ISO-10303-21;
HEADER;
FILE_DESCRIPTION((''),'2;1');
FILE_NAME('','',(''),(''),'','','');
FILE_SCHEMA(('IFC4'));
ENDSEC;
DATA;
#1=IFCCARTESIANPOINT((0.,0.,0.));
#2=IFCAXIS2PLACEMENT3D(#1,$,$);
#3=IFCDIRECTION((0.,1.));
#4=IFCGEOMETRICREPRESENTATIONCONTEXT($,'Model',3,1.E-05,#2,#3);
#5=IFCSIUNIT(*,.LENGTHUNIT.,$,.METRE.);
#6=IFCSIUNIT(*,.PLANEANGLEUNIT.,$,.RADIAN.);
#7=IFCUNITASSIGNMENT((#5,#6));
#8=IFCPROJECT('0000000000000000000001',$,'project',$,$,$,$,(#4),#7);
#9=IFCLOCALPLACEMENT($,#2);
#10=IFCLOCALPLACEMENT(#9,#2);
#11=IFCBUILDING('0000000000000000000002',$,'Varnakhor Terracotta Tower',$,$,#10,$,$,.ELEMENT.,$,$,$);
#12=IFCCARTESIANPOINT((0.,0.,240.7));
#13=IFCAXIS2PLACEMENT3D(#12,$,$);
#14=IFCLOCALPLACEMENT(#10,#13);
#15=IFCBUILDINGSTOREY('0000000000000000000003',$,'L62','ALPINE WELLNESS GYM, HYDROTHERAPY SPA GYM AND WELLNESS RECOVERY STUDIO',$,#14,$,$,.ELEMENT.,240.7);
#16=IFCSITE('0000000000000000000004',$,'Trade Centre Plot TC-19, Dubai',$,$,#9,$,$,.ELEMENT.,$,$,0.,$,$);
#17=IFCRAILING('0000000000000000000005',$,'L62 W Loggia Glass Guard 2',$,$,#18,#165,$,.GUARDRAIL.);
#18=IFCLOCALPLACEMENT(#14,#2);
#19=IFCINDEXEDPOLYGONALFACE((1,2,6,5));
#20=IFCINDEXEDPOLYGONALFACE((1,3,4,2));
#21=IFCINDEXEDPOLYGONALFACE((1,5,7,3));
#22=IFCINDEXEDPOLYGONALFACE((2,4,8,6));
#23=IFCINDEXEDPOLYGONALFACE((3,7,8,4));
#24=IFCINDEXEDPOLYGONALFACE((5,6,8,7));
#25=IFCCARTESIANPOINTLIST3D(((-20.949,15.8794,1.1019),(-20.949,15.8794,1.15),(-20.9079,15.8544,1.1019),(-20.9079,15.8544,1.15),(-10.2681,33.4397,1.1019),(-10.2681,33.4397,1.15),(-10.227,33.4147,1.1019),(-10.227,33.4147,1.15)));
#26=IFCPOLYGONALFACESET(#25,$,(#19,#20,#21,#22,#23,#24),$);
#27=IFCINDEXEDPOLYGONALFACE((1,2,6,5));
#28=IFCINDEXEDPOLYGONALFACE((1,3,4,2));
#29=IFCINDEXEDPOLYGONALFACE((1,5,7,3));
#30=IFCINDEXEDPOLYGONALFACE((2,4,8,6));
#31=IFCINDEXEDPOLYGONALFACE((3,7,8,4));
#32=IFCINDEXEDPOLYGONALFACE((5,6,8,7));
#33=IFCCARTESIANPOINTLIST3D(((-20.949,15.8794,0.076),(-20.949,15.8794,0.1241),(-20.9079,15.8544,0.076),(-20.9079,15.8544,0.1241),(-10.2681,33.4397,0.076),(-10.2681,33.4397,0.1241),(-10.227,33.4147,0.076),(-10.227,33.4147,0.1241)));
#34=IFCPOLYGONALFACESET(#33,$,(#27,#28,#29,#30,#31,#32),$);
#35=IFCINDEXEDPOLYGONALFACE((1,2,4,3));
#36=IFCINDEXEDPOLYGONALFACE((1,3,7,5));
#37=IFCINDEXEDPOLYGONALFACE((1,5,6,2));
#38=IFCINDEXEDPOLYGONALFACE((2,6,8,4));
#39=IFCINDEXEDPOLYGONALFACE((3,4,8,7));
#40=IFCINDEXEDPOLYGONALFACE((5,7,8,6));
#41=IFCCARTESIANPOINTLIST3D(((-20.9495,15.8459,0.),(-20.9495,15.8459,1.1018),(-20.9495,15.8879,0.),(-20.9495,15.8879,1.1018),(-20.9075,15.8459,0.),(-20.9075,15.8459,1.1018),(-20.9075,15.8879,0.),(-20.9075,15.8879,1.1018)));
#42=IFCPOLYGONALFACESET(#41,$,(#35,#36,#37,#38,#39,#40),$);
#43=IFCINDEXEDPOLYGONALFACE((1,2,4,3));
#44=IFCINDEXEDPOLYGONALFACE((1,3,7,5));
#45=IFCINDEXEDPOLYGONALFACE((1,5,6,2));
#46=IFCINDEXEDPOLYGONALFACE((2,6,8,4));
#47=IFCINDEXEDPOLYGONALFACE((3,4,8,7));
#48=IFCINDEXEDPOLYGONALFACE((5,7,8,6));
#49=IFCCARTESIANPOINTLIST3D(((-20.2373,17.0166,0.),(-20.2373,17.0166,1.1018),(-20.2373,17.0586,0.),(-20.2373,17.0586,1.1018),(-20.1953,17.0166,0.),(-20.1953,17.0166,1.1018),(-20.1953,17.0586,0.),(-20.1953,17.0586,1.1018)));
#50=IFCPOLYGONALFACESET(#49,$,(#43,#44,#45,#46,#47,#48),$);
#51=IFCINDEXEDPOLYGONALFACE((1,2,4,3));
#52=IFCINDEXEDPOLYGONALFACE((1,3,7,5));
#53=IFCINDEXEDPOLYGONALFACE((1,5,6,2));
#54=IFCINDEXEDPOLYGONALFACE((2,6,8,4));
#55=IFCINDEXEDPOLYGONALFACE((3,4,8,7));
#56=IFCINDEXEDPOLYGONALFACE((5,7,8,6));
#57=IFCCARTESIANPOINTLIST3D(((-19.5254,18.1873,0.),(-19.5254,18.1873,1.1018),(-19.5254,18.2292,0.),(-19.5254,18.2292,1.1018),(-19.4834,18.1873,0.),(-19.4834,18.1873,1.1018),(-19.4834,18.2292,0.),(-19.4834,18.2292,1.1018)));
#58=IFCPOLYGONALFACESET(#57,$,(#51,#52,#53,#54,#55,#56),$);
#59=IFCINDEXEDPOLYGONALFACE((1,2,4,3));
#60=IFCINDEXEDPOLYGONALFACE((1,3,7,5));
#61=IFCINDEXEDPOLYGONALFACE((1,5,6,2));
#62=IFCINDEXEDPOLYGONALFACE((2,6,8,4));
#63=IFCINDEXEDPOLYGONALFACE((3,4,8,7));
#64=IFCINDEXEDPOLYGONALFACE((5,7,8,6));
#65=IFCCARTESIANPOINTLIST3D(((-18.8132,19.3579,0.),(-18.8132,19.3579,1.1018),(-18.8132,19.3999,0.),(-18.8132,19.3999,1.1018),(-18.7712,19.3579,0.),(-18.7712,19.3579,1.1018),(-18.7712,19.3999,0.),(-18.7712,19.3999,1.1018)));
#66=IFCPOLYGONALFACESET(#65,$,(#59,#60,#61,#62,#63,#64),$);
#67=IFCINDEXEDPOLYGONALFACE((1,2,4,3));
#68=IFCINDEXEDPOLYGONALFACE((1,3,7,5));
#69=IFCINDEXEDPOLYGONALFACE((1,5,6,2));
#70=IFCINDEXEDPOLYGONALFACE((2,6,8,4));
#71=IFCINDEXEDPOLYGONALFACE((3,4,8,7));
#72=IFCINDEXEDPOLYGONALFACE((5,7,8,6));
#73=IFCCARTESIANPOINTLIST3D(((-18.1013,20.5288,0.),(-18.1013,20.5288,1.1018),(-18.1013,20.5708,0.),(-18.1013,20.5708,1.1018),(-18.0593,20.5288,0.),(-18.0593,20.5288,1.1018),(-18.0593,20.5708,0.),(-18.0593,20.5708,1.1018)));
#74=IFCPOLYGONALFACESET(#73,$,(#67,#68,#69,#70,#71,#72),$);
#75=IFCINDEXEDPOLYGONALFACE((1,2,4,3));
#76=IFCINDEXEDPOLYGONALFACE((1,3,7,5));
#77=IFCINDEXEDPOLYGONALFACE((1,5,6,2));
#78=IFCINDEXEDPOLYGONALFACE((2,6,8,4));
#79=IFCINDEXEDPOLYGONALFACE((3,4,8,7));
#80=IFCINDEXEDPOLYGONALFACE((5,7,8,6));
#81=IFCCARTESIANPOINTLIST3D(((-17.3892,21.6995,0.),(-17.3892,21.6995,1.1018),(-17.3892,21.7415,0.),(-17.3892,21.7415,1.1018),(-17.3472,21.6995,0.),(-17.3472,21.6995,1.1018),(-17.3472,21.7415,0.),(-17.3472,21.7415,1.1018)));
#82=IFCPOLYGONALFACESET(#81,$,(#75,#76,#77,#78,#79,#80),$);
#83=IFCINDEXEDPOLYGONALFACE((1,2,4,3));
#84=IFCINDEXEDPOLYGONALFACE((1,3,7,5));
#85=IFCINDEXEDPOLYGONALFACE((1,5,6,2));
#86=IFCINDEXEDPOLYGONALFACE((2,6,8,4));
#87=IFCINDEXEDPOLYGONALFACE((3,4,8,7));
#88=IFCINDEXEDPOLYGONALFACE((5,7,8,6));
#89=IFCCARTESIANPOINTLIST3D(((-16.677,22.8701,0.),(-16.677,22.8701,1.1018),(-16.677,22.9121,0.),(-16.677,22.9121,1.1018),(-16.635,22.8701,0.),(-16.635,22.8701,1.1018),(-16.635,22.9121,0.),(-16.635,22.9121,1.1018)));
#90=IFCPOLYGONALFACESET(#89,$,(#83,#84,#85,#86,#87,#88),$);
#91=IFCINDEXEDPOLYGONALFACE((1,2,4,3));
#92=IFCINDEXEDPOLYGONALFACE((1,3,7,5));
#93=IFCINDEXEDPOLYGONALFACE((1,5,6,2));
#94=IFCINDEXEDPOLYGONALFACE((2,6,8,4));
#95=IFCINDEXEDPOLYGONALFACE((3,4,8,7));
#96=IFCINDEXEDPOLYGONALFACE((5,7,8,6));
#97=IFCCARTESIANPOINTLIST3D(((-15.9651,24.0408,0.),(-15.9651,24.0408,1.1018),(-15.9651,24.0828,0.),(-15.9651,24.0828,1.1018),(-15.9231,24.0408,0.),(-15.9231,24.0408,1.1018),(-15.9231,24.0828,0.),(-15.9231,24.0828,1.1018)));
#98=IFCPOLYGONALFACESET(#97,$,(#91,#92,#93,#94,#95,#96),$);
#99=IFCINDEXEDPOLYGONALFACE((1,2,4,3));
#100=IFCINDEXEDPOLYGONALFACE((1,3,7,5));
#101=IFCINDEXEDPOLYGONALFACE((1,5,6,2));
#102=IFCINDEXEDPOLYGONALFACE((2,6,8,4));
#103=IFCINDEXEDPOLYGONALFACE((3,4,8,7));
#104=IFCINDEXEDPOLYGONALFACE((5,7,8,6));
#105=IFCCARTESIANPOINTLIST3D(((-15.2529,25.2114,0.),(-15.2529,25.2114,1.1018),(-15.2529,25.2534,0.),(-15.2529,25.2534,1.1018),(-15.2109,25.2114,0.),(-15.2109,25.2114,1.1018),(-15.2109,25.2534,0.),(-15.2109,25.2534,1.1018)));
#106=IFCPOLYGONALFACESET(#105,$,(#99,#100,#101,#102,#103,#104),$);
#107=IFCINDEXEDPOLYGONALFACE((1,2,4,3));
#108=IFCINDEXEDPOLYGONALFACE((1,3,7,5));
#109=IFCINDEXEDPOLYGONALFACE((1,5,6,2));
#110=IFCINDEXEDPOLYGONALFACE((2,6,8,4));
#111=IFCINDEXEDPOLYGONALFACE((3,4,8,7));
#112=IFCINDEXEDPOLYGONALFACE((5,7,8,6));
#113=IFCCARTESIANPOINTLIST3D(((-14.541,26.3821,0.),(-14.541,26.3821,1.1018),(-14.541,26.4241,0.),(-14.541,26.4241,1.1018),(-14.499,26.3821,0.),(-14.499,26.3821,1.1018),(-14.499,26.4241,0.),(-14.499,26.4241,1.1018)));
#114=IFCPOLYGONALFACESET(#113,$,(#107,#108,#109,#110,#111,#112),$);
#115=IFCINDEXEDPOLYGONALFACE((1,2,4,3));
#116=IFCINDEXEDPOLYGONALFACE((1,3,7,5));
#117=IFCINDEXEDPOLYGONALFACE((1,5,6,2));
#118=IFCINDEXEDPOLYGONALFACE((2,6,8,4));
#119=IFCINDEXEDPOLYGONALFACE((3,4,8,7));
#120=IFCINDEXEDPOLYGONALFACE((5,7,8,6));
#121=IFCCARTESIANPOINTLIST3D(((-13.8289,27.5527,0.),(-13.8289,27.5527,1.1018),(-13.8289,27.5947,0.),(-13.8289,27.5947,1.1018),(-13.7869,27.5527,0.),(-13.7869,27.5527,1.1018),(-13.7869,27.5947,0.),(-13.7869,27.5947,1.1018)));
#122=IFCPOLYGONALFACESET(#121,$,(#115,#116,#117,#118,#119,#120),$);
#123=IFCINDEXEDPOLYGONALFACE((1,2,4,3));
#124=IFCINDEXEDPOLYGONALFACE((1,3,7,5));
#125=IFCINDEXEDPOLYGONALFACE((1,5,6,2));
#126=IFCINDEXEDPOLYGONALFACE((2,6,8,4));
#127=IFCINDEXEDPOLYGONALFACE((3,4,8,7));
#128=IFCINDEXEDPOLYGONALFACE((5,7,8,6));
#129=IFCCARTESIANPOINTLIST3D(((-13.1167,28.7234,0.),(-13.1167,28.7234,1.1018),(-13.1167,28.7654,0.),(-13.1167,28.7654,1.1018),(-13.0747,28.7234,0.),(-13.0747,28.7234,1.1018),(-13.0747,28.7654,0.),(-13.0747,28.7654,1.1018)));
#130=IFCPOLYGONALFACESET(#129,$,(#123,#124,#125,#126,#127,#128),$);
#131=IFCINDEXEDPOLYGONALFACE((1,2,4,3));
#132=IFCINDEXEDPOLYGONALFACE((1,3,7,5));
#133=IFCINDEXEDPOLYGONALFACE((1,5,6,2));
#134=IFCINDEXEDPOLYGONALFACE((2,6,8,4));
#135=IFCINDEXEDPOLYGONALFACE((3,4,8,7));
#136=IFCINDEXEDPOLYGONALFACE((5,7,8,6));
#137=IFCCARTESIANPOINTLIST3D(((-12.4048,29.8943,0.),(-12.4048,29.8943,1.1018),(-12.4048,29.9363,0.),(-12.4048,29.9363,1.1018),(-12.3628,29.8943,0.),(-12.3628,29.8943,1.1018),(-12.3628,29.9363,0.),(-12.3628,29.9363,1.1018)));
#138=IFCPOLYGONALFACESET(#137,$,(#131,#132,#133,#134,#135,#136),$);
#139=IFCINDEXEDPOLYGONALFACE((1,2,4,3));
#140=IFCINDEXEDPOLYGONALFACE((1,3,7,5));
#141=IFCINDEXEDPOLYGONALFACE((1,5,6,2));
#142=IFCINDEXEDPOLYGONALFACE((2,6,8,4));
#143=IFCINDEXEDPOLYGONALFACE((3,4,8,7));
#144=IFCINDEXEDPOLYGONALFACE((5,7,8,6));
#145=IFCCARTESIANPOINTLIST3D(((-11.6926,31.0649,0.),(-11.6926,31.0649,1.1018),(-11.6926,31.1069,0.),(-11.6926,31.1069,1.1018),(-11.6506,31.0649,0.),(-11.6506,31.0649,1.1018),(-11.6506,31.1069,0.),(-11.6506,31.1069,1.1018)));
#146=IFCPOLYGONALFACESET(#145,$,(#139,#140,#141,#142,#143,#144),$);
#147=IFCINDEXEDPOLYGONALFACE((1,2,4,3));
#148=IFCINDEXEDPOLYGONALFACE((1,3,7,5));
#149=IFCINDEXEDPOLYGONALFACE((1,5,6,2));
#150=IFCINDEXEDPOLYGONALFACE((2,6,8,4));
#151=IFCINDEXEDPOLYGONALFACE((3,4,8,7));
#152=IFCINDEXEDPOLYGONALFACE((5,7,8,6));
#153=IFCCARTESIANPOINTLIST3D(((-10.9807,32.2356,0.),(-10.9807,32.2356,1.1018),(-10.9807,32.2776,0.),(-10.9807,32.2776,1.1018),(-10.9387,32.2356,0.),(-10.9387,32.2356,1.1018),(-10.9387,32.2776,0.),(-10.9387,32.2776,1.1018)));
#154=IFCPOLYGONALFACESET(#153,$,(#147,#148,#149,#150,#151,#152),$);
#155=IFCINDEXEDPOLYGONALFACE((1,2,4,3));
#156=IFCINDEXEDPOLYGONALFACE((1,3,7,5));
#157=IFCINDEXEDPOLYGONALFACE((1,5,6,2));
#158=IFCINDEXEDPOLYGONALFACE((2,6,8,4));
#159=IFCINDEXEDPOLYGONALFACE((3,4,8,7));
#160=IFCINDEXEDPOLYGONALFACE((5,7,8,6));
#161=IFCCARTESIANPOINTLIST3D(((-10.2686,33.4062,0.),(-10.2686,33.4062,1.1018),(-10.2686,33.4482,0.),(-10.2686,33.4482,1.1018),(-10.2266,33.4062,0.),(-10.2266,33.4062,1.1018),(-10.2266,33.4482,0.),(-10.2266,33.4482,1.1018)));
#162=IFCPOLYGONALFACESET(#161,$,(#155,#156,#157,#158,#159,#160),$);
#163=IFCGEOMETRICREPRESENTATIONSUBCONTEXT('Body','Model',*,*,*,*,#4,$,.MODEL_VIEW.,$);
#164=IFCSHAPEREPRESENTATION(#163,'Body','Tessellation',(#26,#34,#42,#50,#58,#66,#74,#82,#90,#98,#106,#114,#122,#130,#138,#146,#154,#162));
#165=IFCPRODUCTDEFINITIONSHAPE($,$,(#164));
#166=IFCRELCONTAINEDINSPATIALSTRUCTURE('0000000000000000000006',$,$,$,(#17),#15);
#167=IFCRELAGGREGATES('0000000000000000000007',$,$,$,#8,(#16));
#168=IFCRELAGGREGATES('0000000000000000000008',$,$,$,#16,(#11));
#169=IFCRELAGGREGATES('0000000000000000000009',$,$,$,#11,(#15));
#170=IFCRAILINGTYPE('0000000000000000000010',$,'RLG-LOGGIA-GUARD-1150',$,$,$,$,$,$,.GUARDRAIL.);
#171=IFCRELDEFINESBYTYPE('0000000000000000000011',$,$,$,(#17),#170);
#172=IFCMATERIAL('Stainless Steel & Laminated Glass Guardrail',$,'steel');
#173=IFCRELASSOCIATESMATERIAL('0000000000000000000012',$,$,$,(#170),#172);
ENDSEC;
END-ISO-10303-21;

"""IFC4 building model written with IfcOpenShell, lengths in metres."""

from ifc_helpers import new_model, si_unit, direction, frame, origin, origin_2d, place, context, subcontext, project, spatial, rectangle, extrude, material, type_object, element, save


model = new_model("IFC4")

# Units and contexts
model_context = context("Model", 3, precision=1e-05, world=origin(), true_north=direction((0.0, 1.0)))
body_context = subcontext(model_context, "Body", "Model", "MODEL_VIEW")
ifc_project = project(units=[si_unit("LENGTHUNIT", "METRE"), si_unit("PLANEANGLEUNIT", "RADIAN")], contexts=[model_context])

# Site, building, storey
site_placement = place(None, origin())
site = spatial("IfcSite", under=ifc_project, at=site_placement, Name="Trade Centre Plot TC-19, Dubai", CompositionType="ELEMENT", RefElevation=0.0)
building_placement = place(site_placement, origin())
building = spatial("IfcBuilding", under=site, at=building_placement, Name="Varnakhor Terracotta Tower", CompositionType="ELEMENT")
storey_placement = place(building_placement, frame((0.0, 0.0, 240.7)))
storey = spatial("IfcBuildingStorey", under=building, at=storey_placement, Name="L62", Description="ALPINE WELLNESS GYM, HYDROTHERAPY SPA GYM AND WELLNESS RECOVERY STUDIO", CompositionType="ELEMENT", Elevation=240.7)

# Railing
ifc_material_1 = material(Name="Stainless Steel & Laminated Glass Guardrail", Category="steel")
railing_type = type_object("IfcRailingType", Name="RLG-LOGGIA-GUARD-1150", PredefinedType="GUARDRAIL", material=ifc_material_1)
railing_1_placement = place(storey_placement, frame((-20.9285, 15.8669, 0.0)))
element("IfcRailing", 1, at=railing_1_placement, inside=storey, type_object=railing_type, Name="L62 W Loggia Glass Guard 2", PredefinedType="GUARDRAIL", context=body_context, shape_type="SweptSolid", body=[
    extrude(rectangle(XDim=0.0481, YDim=0.0481, at=origin_2d()), frame((0.0, 0.0, 1.126), z_axis=(0.519664, 0.854371, 0.0), x_axis=(-0.854371, 0.519664, 0.0)), (0.0, 0.0, 1.0), 20.5535),
    extrude(rectangle(XDim=0.0481, YDim=0.0481, at=origin_2d()), frame((0.0, 0.0, 0.1001), z_axis=(0.519664, 0.854371, 0.0), x_axis=(-0.854371, 0.519664, 0.0)), (0.0, 0.0, 1.0), 20.5535),
    extrude(rectangle(XDim=0.042, YDim=0.042, at=origin_2d()), origin(), (0.0, 0.0, 1.0), 1.1018),
    extrude(rectangle(XDim=0.042, YDim=0.042, at=origin_2d()), frame((0.7122, 1.1707, 0.0)), (0.0, 0.0, 1.0), 1.1018),
    extrude(rectangle(XDim=0.042, YDim=0.042, at=origin_2d()), frame((1.4241, 2.3413, 0.0)), (0.0, 0.0, 1.0), 1.1018),
    extrude(rectangle(XDim=0.042, YDim=0.042, at=origin_2d()), frame((2.1362, 3.512, 0.0)), (0.0, 0.0, 1.0), 1.1018),
    extrude(rectangle(XDim=0.042, YDim=0.042, at=origin_2d()), frame((2.8481, 4.6829, 0.0)), (0.0, 0.0, 1.0), 1.1018),
    extrude(rectangle(XDim=0.042, YDim=0.042, at=origin_2d()), frame((3.5603, 5.8535, 0.0)), (0.0, 0.0, 1.0), 1.1018),
    extrude(rectangle(XDim=0.042, YDim=0.042, at=origin_2d()), frame((4.2725, 7.0242, 0.0)), (0.0, 0.0, 1.0), 1.1018),
    extrude(rectangle(XDim=0.042, YDim=0.042, at=origin_2d()), frame((4.9844, 8.1948, 0.0)), (0.0, 0.0, 1.0), 1.1018),
    extrude(rectangle(XDim=0.042, YDim=0.042, at=origin_2d()), frame((5.6965, 9.3655, 0.0)), (0.0, 0.0, 1.0), 1.1018),
    extrude(rectangle(XDim=0.042, YDim=0.042, at=origin_2d()), frame((6.4084, 10.5361, 0.0)), (0.0, 0.0, 1.0), 1.1018),
    extrude(rectangle(XDim=0.042, YDim=0.042, at=origin_2d()), frame((7.1206, 11.7068, 0.0)), (0.0, 0.0, 1.0), 1.1018),
    extrude(rectangle(XDim=0.042, YDim=0.042, at=origin_2d()), frame((7.8328, 12.8774, 0.0)), (0.0, 0.0, 1.0), 1.1018),
    extrude(rectangle(XDim=0.042, YDim=0.042, at=origin_2d()), frame((8.5447, 14.0483, 0.0)), (0.0, 0.0, 1.0), 1.1018),
    extrude(rectangle(XDim=0.042, YDim=0.042, at=origin_2d()), frame((9.2568, 15.219, 0.0)), (0.0, 0.0, 1.0), 1.1018),
    extrude(rectangle(XDim=0.042, YDim=0.042, at=origin_2d()), frame((9.9688, 16.3896, 0.0)), (0.0, 0.0, 1.0), 1.1018),
    extrude(rectangle(XDim=0.042, YDim=0.042, at=origin_2d()), frame((10.6809, 17.5603, 0.0)), (0.0, 0.0, 1.0), 1.1018),
])

save(model, "model.ifc")
